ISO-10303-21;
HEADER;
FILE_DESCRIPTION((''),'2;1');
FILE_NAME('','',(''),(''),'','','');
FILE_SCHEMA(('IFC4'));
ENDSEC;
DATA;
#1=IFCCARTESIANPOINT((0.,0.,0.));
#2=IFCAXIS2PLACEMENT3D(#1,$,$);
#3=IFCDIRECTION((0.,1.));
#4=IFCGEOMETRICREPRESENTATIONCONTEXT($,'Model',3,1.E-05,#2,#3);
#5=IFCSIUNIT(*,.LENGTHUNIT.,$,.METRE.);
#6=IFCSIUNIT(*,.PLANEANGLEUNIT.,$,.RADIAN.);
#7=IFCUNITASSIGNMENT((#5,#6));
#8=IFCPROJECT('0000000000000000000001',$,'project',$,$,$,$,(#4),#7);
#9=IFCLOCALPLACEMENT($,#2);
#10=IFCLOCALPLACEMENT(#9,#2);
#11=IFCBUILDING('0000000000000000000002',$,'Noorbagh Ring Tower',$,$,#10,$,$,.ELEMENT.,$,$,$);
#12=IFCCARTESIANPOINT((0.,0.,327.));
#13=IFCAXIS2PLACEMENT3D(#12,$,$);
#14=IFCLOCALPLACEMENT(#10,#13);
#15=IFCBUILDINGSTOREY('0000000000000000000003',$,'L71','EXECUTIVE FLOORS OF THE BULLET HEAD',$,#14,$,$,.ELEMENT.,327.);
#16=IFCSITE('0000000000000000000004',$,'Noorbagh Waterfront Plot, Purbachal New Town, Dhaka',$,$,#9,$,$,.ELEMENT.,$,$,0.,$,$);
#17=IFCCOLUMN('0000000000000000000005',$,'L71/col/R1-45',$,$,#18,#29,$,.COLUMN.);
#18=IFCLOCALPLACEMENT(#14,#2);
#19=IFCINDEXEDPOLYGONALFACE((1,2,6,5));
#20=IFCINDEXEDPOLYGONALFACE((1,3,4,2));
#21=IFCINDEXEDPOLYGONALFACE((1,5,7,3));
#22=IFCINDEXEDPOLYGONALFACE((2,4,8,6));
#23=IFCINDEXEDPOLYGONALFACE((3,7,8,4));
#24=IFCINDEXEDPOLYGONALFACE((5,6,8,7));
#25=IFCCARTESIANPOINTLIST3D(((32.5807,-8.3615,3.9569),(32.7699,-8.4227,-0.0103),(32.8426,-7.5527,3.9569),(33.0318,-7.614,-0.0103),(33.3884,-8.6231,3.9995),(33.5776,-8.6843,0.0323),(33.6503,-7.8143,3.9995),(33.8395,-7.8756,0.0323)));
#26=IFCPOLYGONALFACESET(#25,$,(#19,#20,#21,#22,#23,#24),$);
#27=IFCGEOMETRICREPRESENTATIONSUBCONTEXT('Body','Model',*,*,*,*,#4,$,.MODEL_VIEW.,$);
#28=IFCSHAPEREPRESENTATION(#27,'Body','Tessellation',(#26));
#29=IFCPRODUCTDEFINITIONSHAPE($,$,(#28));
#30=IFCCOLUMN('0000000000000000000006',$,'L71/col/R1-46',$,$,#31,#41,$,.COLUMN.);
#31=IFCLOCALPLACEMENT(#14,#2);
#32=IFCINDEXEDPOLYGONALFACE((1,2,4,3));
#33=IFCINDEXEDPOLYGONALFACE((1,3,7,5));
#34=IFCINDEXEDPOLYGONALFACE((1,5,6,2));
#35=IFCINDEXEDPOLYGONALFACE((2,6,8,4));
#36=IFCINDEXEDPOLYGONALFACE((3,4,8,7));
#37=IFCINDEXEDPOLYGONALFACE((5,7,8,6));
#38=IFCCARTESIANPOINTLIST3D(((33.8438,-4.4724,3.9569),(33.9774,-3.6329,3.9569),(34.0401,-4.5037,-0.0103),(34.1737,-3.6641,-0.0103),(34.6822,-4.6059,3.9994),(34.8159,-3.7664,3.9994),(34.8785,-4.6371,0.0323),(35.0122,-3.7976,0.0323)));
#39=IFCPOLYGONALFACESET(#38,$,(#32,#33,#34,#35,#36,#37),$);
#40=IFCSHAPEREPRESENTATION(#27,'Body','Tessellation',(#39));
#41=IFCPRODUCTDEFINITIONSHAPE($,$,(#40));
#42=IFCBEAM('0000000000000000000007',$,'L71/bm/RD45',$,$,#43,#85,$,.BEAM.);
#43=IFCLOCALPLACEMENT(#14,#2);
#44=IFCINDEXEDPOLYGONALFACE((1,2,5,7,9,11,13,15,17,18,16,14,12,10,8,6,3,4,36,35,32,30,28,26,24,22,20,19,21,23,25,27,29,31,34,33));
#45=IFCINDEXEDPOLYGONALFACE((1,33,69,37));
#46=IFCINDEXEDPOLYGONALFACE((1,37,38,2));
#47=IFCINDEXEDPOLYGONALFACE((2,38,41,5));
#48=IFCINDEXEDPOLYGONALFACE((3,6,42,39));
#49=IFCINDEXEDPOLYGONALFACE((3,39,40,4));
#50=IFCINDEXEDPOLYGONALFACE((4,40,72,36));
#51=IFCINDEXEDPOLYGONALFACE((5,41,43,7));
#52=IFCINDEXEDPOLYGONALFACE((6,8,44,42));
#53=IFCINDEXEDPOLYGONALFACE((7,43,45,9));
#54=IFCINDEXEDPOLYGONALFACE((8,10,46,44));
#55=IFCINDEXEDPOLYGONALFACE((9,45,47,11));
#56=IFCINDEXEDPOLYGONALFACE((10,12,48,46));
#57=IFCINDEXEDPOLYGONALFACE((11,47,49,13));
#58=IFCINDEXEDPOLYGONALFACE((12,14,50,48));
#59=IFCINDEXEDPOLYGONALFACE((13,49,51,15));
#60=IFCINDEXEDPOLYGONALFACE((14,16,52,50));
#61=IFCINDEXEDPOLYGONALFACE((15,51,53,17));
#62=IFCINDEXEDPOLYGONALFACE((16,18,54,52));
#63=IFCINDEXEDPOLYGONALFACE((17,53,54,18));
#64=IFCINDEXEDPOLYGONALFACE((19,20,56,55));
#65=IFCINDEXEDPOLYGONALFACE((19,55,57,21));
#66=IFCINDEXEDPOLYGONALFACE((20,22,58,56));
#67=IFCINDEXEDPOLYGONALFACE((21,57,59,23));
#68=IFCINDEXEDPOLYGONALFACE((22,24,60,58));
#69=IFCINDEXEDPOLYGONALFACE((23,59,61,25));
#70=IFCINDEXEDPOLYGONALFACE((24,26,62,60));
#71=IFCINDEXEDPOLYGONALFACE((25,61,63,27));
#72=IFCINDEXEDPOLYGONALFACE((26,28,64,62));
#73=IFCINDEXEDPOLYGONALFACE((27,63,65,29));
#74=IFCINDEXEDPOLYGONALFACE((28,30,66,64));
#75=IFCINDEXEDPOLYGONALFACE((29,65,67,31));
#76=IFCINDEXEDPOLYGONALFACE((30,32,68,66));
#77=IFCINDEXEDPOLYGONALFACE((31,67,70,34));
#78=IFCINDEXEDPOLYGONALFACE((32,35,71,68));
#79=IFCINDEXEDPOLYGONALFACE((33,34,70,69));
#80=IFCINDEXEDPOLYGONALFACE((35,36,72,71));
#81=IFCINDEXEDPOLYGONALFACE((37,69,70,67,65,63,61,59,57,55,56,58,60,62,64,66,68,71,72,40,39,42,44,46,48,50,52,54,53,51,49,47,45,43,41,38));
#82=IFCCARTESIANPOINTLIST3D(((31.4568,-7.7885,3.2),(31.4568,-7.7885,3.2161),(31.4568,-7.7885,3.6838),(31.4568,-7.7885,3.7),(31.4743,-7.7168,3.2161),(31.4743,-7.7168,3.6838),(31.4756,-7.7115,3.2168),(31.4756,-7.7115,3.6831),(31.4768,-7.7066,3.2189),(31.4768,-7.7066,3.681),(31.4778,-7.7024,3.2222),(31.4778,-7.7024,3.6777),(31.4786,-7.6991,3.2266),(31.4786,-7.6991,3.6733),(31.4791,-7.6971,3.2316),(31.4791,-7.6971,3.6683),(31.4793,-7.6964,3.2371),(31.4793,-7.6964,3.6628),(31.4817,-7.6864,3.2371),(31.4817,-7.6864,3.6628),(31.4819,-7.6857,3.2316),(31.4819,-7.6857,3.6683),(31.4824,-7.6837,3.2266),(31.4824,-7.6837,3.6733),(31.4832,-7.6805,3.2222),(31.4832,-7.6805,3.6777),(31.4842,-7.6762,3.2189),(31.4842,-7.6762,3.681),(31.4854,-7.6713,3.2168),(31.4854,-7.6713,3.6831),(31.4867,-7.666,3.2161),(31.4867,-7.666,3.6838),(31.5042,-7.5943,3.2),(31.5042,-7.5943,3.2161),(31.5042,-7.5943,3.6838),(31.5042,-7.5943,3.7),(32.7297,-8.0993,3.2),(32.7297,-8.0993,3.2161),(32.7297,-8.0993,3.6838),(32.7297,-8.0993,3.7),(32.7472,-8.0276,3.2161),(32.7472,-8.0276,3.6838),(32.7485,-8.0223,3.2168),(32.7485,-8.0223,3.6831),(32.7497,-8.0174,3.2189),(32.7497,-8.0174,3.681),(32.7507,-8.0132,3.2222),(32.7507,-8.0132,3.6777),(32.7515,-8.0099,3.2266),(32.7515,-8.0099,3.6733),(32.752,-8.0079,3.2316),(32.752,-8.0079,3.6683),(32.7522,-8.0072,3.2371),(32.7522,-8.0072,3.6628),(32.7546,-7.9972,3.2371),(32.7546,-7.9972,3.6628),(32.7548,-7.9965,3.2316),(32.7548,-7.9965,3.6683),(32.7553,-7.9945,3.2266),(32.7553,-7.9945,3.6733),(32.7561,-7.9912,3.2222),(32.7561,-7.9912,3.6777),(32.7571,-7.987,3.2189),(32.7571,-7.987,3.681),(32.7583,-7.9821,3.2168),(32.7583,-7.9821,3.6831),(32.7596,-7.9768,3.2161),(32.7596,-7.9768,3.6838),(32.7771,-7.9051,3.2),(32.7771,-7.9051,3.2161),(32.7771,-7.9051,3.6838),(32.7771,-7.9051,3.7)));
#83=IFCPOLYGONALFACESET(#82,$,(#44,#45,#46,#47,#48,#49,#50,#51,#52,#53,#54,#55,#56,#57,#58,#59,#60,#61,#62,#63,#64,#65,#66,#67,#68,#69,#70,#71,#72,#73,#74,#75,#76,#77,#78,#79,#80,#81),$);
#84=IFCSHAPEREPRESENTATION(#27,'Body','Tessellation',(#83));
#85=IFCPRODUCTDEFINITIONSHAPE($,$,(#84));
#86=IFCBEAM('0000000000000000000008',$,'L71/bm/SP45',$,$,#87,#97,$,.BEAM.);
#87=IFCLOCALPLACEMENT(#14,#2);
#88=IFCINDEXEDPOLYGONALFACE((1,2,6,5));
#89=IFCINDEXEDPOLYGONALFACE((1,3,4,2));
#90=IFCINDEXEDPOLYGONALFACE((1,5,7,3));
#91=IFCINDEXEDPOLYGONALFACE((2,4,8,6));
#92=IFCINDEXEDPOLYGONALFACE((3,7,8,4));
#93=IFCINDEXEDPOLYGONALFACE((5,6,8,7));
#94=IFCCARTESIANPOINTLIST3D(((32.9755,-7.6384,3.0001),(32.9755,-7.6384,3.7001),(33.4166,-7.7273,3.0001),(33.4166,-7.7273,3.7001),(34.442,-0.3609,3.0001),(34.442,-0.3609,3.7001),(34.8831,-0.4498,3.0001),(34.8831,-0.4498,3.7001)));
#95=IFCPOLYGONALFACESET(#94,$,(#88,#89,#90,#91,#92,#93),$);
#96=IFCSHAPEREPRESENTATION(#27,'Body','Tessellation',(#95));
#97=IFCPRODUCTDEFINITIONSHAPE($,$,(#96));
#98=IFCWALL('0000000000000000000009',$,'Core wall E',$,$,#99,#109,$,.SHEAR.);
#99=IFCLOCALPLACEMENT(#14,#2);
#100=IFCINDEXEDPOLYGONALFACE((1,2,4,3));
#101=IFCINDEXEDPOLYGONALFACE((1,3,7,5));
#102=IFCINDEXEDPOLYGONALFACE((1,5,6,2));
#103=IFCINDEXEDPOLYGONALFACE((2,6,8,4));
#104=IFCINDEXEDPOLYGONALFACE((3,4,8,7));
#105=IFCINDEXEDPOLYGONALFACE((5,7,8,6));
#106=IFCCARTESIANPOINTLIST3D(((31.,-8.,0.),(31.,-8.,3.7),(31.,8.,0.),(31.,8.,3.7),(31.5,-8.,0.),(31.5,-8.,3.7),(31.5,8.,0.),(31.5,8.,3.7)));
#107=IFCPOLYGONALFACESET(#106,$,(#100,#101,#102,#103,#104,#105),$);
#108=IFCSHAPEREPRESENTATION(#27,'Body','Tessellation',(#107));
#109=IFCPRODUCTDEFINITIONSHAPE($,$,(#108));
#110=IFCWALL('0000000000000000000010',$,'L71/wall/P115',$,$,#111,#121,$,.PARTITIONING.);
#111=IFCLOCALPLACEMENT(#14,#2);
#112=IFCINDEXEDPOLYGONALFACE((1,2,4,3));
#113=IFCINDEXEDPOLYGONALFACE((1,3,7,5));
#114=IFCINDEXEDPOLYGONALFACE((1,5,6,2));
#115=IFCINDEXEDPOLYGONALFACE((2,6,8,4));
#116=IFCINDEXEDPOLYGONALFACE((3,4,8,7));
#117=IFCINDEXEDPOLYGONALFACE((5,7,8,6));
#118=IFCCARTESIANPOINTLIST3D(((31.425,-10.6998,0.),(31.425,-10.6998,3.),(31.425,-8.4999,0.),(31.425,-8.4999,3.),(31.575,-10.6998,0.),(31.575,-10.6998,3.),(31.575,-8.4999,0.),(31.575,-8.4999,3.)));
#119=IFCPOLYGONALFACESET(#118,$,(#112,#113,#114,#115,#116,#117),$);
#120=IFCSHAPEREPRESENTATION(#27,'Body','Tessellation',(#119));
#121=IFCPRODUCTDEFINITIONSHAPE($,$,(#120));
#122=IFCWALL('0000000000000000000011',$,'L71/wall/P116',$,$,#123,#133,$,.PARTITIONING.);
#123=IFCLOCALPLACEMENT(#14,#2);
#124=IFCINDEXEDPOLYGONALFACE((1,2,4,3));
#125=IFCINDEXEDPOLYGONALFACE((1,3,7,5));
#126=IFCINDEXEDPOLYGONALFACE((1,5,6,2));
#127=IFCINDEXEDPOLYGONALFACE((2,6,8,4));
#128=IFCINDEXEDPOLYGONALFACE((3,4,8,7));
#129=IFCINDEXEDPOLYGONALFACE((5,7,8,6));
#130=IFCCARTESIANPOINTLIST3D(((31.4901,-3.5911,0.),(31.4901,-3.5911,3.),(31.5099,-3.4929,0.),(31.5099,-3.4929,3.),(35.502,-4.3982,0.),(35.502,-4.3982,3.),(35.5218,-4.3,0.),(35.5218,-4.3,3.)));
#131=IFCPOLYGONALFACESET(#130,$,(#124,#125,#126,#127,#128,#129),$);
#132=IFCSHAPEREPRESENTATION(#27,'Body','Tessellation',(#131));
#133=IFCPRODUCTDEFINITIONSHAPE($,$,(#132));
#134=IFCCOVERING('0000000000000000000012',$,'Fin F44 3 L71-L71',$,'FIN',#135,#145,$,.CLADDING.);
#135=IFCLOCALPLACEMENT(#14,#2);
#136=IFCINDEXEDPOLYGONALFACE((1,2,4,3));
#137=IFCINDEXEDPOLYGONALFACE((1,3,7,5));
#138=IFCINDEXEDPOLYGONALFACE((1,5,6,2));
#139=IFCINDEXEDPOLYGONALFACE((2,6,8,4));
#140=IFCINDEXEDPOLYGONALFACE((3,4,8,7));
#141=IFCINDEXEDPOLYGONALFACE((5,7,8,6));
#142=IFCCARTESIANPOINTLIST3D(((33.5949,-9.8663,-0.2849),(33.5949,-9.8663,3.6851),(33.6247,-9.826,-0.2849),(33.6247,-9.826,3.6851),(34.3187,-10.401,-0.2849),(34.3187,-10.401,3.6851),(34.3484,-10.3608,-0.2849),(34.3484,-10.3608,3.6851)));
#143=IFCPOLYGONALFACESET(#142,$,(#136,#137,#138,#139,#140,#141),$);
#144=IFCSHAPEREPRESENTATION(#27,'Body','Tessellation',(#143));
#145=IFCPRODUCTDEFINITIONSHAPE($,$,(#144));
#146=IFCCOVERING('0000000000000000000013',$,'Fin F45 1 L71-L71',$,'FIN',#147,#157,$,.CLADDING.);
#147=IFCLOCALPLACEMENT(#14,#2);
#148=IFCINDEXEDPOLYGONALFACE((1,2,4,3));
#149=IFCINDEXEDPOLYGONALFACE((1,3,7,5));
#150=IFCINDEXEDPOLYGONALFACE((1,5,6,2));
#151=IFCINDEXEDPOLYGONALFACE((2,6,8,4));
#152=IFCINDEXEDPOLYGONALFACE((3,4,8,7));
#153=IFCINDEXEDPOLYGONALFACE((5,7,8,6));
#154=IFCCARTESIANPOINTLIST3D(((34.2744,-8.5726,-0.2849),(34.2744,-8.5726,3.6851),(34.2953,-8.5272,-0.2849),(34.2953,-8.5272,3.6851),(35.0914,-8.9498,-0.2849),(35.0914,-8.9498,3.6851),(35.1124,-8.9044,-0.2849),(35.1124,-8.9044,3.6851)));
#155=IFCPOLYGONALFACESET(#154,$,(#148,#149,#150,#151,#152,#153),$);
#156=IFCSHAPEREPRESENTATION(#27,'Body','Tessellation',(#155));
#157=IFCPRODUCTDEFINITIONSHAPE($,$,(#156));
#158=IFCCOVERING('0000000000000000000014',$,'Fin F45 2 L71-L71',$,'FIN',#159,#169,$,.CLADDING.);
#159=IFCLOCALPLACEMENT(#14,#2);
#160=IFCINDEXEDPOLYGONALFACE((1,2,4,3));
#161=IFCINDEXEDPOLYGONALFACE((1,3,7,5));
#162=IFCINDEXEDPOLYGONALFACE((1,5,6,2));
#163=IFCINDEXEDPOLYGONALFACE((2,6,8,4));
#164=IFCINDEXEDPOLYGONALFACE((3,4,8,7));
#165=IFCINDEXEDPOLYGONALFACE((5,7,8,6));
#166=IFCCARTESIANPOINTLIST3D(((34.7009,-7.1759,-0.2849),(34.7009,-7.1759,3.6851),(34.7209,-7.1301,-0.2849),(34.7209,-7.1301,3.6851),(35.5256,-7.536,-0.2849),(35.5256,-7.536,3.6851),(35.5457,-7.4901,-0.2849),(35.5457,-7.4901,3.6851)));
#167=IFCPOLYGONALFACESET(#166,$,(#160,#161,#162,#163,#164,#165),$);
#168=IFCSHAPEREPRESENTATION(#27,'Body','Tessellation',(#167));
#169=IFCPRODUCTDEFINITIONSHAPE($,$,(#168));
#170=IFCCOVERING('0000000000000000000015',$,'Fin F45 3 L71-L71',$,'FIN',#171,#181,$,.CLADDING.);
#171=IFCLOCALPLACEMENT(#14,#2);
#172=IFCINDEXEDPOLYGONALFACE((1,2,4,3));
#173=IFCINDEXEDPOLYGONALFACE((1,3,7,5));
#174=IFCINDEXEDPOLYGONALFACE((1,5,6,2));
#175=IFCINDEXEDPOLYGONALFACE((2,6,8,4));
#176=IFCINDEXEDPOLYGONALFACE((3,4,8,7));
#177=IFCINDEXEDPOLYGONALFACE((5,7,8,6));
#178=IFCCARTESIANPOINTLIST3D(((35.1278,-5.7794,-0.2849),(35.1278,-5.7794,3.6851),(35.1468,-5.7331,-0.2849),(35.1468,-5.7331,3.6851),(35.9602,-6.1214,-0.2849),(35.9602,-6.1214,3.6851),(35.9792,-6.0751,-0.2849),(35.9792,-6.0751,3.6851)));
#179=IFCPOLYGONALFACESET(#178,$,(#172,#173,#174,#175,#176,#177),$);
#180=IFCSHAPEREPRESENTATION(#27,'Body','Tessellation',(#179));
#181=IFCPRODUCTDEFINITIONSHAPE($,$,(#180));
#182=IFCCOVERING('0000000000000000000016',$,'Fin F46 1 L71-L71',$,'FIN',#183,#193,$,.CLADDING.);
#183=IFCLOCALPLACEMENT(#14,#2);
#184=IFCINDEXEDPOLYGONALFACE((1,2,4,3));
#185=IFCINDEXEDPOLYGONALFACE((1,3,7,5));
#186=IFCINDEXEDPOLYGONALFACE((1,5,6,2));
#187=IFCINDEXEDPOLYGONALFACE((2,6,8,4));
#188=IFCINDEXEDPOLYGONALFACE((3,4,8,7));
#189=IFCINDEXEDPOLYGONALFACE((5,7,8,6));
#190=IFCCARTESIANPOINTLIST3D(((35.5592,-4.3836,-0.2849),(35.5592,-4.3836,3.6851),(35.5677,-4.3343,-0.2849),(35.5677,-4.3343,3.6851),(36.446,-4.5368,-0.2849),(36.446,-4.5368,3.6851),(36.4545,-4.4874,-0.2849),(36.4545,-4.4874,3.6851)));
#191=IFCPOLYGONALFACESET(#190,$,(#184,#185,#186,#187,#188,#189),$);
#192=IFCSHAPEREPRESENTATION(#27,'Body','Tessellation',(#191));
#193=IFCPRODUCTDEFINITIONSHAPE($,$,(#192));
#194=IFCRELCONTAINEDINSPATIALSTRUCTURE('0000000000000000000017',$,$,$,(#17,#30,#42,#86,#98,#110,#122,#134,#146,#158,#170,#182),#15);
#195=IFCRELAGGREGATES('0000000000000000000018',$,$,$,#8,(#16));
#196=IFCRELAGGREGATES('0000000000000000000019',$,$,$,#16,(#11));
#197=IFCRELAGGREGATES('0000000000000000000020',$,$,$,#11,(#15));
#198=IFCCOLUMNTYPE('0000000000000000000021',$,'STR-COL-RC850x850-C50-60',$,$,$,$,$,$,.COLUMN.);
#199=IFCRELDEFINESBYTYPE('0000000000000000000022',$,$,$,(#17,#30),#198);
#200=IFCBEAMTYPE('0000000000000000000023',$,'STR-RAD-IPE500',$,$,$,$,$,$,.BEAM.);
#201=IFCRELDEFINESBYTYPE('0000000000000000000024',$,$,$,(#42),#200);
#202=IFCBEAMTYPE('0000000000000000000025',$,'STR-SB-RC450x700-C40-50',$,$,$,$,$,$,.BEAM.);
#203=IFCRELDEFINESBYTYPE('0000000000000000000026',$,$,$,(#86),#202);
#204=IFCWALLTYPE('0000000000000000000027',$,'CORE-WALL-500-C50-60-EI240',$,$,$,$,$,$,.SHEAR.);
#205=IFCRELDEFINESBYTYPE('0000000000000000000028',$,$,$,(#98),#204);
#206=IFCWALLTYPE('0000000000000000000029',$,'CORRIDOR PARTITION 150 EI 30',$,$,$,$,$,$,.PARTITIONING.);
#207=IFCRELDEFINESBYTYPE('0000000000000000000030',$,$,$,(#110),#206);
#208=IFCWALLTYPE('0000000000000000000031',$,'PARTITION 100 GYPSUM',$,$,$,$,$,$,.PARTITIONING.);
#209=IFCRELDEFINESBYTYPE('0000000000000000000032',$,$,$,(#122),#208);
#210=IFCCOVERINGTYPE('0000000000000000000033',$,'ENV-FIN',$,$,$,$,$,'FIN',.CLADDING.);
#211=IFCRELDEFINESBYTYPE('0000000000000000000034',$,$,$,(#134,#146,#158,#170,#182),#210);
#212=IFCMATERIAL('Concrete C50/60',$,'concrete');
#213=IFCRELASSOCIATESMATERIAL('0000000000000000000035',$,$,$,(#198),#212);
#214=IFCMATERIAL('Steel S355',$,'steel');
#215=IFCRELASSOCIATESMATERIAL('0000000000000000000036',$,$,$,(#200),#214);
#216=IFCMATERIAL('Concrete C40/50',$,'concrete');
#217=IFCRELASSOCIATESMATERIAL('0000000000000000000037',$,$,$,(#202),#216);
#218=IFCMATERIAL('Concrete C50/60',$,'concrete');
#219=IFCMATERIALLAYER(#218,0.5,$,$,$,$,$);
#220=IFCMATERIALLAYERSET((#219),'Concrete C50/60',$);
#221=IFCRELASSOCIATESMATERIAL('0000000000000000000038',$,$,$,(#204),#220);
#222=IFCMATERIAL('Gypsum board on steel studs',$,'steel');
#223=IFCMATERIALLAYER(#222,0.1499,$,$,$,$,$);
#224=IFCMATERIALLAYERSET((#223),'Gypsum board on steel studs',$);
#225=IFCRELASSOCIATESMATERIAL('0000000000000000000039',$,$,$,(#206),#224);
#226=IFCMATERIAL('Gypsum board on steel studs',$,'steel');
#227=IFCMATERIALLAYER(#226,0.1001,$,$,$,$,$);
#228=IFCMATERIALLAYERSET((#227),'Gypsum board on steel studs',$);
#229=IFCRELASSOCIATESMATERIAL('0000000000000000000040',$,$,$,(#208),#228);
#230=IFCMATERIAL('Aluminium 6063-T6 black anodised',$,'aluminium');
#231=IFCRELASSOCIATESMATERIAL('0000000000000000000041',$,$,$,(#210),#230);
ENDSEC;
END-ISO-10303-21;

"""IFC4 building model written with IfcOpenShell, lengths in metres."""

from ifc_helpers import new_model, si_unit, direction, frame, frame_2d, origin, origin_2d, place, context, subcontext, project, spatial, rectangle, i_section, extrude, material, layer, layer_set, material_profile, profile_set, type_object, element, save


model = new_model("IFC4")

# Units and contexts
model_context = context("Model", 3, precision=1e-05, world=origin(), true_north=direction((0.0, 1.0)))
body_context = subcontext(model_context, "Body", "Model", "MODEL_VIEW")
ifc_project = project(units=[si_unit("LENGTHUNIT", "METRE"), si_unit("PLANEANGLEUNIT", "RADIAN")], contexts=[model_context])

# Site, building, storey
site_placement = place(None, origin())
site = spatial("IfcSite", under=ifc_project, at=site_placement, Name="Noorbagh Waterfront Plot, Purbachal New Town, Dhaka", CompositionType="ELEMENT", RefElevation=0.0)
building_placement = place(site_placement, origin())
building = spatial("IfcBuilding", under=site, at=building_placement, Name="Noorbagh Ring Tower", CompositionType="ELEMENT")
storey_placement = place(building_placement, frame((0.0, 0.0, 327.0)))
storey = spatial("IfcBuildingStorey", under=building, at=storey_placement, Name="L71", Description="EXECUTIVE FLOORS OF THE BULLET HEAD", CompositionType="ELEMENT", Elevation=327.0)

# Columns
ifc_material_1 = material(Name="Concrete C50/60", Category="concrete")
ifc_material_profile_1 = material_profile(ifc_material_1, rectangle(XDim=0.8501, YDim=0.8501, at=origin_2d()), Name="RC850x850")
ifc_profile_set_1 = profile_set([ifc_material_profile_1], Name="Concrete C50/60")
column_type = type_object("IfcColumnType", Name="STR-COL-RC850x850-C50-60", PredefinedType="COLUMN", material=ifc_profile_set_1)
for number, where, z_axis, x_axis, name in (
    (1, (33.3047, -8.1492, 0.011), (-0.047632, 0.015427, 0.998746), (-0.308114, -0.951349, 0.0), "L71/col/R1-45"),
    (2, (34.5261, -4.1506, 0.011), (-0.049415, 0.007867, 0.998747), (-0.157224, -0.987563, 0.0), "L71/col/R1-46"),
):
    element("IfcColumn", number, at=place(storey_placement, frame(where, z_axis=z_axis, x_axis=x_axis)), inside=storey, type_object=column_type, Name=name, PredefinedType="COLUMN", context=body_context, shape_type="SweptSolid", body=[
        extrude(rectangle(XDim=0.8501, YDim=0.8501, at=origin_2d()), origin(), (0.0, 0.0, 1.0), 3.9722),
    ])

# Beams
ifc_material_2 = material(Name="Steel S355", Category="steel")
ifc_material_profile_2 = material_profile(ifc_material_2, i_section(OverallWidth=0.2, OverallDepth=0.5, WebThickness=0.0103, FlangeThickness=0.0161, FilletRadius=0.021, at=origin_2d()), Name="IPE500")
ifc_profile_set_2 = profile_set([ifc_material_profile_2], Name="Steel S355")
beam_type_1 = type_object("IfcBeamType", Name="STR-RAD-IPE500", PredefinedType="BEAM", material=ifc_profile_set_2)
beam_1_placement = place(storey_placement, frame((32.7534, -8.0022, 3.45), z_axis=(-0.971465, 0.237184, 0.0), x_axis=(-0.237184, -0.971465, 0.0)))
element("IfcBeam", 3, at=beam_1_placement, inside=storey, type_object=beam_type_1, Name="L71/bm/RD45", PredefinedType="BEAM", context=body_context, shape_type="SweptSolid", body=[
    extrude(i_section(OverallWidth=0.2, OverallDepth=0.5, WebThickness=0.0103, FlangeThickness=0.0161, FilletRadius=0.021, at=origin_2d()), origin(), (0.0, 0.0, 1.0), 1.3103),
])
ifc_material_3 = material(Name="Concrete C40/50", Category="concrete")
ifc_material_profile_3 = material_profile(ifc_material_3, rectangle(XDim=0.45, YDim=0.7, at=origin_2d()), Name="RC450x700")
ifc_profile_set_3 = profile_set([ifc_material_profile_3], Name="Concrete C40/50")
beam_type_2 = type_object("IfcBeamType", Name="STR-SB-RC450x700-C40-50", PredefinedType="BEAM", material=ifc_profile_set_3)
beam_2_placement = place(storey_placement, frame((33.196, -7.6829, 3.3501), z_axis=(0.197545, 0.980294, 0.0), x_axis=(-0.980294, 0.197545, 0.0)))
element("IfcBeam", 4, at=beam_2_placement, inside=storey, type_object=beam_type_2, Name="L71/bm/SP45", PredefinedType="BEAM", context=body_context, shape_type="SweptSolid", body=[
    extrude(rectangle(XDim=0.45, YDim=0.7, at=origin_2d()), origin(), (0.0, 0.0, 1.0), 7.4238),
])

# Walls
ifc_material_4 = material(Name="Concrete C50/60", Category="concrete")
ifc_layer_1 = layer(ifc_material_4, 0.5)
ifc_layer_set_1 = layer_set([ifc_layer_1], Name="Concrete C50/60")
wall_type_1 = type_object("IfcWallType", Name="CORE-WALL-500-C50-60-EI240", PredefinedType="SHEAR", material=ifc_layer_set_1)
wall_1_placement = place(storey_placement, frame((31.25, -8.0, 0.0), z_axis=(0.0, 0.0, 1.0), x_axis=(0.0, 1.0, 0.0)))
element("IfcWall", 5, at=wall_1_placement, inside=storey, type_object=wall_type_1, Name="Core wall E", PredefinedType="SHEAR", context=body_context, shape_type="SweptSolid", body=[
    extrude(rectangle(XDim=16.0, YDim=0.5, at=frame_2d((8.0, 0.0))), origin(), (0.0, 0.0, 1.0), 3.7),
])
ifc_material_5 = material(Name="Gypsum board on steel studs", Category="steel")
ifc_layer_2 = layer(ifc_material_5, 0.1499)
ifc_layer_set_2 = layer_set([ifc_layer_2], Name="Gypsum board on steel studs")
wall_type_2 = type_object("IfcWallType", Name="CORRIDOR PARTITION 150 EI 30", PredefinedType="PARTITIONING", material=ifc_layer_set_2)
wall_2_placement = place(storey_placement, frame((31.5, -10.7, 0.0), z_axis=(0.0, 0.0, 1.0), x_axis=(0.0, 1.0, 0.0)))
element("IfcWall", 6, at=wall_2_placement, inside=storey, type_object=wall_type_2, Name="L71/wall/P115", PredefinedType="PARTITIONING", context=body_context, shape_type="SweptSolid", body=[
    extrude(rectangle(XDim=2.2, YDim=0.1499, at=frame_2d((1.1001, 0.0))), origin(), (0.0, 0.0, 1.0), 3.0),
])
ifc_material_6 = material(Name="Gypsum board on steel studs", Category="steel")
ifc_layer_3 = layer(ifc_material_6, 0.1001)
ifc_layer_set_3 = layer_set([ifc_layer_3], Name="Gypsum board on steel studs")
wall_type_3 = type_object("IfcWallType", Name="PARTITION 100 GYPSUM", PredefinedType="PARTITIONING", material=ifc_layer_set_3)
wall_3_placement = place(storey_placement, frame((31.5, -3.542, 0.0), z_axis=(0.0, 0.0, 1.0), x_axis=(0.980357, -0.197229, 0.0)))
element("IfcWall", 7, at=wall_3_placement, inside=storey, type_object=wall_type_3, Name="L71/wall/P116", PredefinedType="PARTITIONING", context=body_context, shape_type="SweptSolid", body=[
    extrude(rectangle(XDim=4.0923, YDim=0.1001, at=frame_2d((2.0461, 0.0))), origin(), (0.0, 0.0, 1.0), 3.0),
])

# Coverings
ifc_material_7 = material(Name="Aluminium 6063-T6 black anodised", Category="aluminium")
ifc_material_profile_4 = material_profile(ifc_material_7, rectangle(XDim=0.8999, YDim=0.05, at=origin_2d()), Name="900x50")
ifc_profile_set_4 = profile_set([ifc_material_profile_4], Name="Aluminium 6063-T6 black anodised")
covering_type = type_object("IfcCoveringType", Name="ENV-FIN", ElementType="FIN", PredefinedType="CLADDING", material=ifc_profile_set_4)
for number, where, z_axis, x_axis, name in (
    (8, (33.9717, -10.1135, -0.2849), (0.0, 0.0, 1.0), (0.80426, -0.594277, 0.0), "Fin F44 3 L71-L71"),
    (9, (34.6934, -8.7385, -0.2849), (0.0, 0.0, 1.0), (0.907912, -0.419162, 0.0), "Fin F45 1 L71-L71"),
    (10, (35.1233, -7.333, -0.2849), (0.0, 0.0, 1.0), (0.916475, -0.400092, 0.0), "Fin F45 2 L71-L71"),
    (11, (35.5535, -5.9272, -0.2849), (0.0, 0.0, 1.0), (0.925001, -0.379965, 0.0), "Fin F45 3 L71-L71"),
    (12, (36.0068, -4.4355, -0.2849), (0.0, 0.0, 1.0), (0.985419, -0.170147, 0.0), "Fin F46 1 L71-L71"),
):
    element("IfcCovering", number, at=place(storey_placement, frame(where, z_axis=z_axis, x_axis=x_axis)), inside=storey, type_object=covering_type, Name=name, ObjectType="FIN", PredefinedType="CLADDING", context=body_context, shape_type="SweptSolid", body=[
        extrude(rectangle(XDim=0.8999, YDim=0.05, at=origin_2d()), origin(), (0.0, 0.0, 1.0), 3.97),
    ])

save(model, "model.ifc")
